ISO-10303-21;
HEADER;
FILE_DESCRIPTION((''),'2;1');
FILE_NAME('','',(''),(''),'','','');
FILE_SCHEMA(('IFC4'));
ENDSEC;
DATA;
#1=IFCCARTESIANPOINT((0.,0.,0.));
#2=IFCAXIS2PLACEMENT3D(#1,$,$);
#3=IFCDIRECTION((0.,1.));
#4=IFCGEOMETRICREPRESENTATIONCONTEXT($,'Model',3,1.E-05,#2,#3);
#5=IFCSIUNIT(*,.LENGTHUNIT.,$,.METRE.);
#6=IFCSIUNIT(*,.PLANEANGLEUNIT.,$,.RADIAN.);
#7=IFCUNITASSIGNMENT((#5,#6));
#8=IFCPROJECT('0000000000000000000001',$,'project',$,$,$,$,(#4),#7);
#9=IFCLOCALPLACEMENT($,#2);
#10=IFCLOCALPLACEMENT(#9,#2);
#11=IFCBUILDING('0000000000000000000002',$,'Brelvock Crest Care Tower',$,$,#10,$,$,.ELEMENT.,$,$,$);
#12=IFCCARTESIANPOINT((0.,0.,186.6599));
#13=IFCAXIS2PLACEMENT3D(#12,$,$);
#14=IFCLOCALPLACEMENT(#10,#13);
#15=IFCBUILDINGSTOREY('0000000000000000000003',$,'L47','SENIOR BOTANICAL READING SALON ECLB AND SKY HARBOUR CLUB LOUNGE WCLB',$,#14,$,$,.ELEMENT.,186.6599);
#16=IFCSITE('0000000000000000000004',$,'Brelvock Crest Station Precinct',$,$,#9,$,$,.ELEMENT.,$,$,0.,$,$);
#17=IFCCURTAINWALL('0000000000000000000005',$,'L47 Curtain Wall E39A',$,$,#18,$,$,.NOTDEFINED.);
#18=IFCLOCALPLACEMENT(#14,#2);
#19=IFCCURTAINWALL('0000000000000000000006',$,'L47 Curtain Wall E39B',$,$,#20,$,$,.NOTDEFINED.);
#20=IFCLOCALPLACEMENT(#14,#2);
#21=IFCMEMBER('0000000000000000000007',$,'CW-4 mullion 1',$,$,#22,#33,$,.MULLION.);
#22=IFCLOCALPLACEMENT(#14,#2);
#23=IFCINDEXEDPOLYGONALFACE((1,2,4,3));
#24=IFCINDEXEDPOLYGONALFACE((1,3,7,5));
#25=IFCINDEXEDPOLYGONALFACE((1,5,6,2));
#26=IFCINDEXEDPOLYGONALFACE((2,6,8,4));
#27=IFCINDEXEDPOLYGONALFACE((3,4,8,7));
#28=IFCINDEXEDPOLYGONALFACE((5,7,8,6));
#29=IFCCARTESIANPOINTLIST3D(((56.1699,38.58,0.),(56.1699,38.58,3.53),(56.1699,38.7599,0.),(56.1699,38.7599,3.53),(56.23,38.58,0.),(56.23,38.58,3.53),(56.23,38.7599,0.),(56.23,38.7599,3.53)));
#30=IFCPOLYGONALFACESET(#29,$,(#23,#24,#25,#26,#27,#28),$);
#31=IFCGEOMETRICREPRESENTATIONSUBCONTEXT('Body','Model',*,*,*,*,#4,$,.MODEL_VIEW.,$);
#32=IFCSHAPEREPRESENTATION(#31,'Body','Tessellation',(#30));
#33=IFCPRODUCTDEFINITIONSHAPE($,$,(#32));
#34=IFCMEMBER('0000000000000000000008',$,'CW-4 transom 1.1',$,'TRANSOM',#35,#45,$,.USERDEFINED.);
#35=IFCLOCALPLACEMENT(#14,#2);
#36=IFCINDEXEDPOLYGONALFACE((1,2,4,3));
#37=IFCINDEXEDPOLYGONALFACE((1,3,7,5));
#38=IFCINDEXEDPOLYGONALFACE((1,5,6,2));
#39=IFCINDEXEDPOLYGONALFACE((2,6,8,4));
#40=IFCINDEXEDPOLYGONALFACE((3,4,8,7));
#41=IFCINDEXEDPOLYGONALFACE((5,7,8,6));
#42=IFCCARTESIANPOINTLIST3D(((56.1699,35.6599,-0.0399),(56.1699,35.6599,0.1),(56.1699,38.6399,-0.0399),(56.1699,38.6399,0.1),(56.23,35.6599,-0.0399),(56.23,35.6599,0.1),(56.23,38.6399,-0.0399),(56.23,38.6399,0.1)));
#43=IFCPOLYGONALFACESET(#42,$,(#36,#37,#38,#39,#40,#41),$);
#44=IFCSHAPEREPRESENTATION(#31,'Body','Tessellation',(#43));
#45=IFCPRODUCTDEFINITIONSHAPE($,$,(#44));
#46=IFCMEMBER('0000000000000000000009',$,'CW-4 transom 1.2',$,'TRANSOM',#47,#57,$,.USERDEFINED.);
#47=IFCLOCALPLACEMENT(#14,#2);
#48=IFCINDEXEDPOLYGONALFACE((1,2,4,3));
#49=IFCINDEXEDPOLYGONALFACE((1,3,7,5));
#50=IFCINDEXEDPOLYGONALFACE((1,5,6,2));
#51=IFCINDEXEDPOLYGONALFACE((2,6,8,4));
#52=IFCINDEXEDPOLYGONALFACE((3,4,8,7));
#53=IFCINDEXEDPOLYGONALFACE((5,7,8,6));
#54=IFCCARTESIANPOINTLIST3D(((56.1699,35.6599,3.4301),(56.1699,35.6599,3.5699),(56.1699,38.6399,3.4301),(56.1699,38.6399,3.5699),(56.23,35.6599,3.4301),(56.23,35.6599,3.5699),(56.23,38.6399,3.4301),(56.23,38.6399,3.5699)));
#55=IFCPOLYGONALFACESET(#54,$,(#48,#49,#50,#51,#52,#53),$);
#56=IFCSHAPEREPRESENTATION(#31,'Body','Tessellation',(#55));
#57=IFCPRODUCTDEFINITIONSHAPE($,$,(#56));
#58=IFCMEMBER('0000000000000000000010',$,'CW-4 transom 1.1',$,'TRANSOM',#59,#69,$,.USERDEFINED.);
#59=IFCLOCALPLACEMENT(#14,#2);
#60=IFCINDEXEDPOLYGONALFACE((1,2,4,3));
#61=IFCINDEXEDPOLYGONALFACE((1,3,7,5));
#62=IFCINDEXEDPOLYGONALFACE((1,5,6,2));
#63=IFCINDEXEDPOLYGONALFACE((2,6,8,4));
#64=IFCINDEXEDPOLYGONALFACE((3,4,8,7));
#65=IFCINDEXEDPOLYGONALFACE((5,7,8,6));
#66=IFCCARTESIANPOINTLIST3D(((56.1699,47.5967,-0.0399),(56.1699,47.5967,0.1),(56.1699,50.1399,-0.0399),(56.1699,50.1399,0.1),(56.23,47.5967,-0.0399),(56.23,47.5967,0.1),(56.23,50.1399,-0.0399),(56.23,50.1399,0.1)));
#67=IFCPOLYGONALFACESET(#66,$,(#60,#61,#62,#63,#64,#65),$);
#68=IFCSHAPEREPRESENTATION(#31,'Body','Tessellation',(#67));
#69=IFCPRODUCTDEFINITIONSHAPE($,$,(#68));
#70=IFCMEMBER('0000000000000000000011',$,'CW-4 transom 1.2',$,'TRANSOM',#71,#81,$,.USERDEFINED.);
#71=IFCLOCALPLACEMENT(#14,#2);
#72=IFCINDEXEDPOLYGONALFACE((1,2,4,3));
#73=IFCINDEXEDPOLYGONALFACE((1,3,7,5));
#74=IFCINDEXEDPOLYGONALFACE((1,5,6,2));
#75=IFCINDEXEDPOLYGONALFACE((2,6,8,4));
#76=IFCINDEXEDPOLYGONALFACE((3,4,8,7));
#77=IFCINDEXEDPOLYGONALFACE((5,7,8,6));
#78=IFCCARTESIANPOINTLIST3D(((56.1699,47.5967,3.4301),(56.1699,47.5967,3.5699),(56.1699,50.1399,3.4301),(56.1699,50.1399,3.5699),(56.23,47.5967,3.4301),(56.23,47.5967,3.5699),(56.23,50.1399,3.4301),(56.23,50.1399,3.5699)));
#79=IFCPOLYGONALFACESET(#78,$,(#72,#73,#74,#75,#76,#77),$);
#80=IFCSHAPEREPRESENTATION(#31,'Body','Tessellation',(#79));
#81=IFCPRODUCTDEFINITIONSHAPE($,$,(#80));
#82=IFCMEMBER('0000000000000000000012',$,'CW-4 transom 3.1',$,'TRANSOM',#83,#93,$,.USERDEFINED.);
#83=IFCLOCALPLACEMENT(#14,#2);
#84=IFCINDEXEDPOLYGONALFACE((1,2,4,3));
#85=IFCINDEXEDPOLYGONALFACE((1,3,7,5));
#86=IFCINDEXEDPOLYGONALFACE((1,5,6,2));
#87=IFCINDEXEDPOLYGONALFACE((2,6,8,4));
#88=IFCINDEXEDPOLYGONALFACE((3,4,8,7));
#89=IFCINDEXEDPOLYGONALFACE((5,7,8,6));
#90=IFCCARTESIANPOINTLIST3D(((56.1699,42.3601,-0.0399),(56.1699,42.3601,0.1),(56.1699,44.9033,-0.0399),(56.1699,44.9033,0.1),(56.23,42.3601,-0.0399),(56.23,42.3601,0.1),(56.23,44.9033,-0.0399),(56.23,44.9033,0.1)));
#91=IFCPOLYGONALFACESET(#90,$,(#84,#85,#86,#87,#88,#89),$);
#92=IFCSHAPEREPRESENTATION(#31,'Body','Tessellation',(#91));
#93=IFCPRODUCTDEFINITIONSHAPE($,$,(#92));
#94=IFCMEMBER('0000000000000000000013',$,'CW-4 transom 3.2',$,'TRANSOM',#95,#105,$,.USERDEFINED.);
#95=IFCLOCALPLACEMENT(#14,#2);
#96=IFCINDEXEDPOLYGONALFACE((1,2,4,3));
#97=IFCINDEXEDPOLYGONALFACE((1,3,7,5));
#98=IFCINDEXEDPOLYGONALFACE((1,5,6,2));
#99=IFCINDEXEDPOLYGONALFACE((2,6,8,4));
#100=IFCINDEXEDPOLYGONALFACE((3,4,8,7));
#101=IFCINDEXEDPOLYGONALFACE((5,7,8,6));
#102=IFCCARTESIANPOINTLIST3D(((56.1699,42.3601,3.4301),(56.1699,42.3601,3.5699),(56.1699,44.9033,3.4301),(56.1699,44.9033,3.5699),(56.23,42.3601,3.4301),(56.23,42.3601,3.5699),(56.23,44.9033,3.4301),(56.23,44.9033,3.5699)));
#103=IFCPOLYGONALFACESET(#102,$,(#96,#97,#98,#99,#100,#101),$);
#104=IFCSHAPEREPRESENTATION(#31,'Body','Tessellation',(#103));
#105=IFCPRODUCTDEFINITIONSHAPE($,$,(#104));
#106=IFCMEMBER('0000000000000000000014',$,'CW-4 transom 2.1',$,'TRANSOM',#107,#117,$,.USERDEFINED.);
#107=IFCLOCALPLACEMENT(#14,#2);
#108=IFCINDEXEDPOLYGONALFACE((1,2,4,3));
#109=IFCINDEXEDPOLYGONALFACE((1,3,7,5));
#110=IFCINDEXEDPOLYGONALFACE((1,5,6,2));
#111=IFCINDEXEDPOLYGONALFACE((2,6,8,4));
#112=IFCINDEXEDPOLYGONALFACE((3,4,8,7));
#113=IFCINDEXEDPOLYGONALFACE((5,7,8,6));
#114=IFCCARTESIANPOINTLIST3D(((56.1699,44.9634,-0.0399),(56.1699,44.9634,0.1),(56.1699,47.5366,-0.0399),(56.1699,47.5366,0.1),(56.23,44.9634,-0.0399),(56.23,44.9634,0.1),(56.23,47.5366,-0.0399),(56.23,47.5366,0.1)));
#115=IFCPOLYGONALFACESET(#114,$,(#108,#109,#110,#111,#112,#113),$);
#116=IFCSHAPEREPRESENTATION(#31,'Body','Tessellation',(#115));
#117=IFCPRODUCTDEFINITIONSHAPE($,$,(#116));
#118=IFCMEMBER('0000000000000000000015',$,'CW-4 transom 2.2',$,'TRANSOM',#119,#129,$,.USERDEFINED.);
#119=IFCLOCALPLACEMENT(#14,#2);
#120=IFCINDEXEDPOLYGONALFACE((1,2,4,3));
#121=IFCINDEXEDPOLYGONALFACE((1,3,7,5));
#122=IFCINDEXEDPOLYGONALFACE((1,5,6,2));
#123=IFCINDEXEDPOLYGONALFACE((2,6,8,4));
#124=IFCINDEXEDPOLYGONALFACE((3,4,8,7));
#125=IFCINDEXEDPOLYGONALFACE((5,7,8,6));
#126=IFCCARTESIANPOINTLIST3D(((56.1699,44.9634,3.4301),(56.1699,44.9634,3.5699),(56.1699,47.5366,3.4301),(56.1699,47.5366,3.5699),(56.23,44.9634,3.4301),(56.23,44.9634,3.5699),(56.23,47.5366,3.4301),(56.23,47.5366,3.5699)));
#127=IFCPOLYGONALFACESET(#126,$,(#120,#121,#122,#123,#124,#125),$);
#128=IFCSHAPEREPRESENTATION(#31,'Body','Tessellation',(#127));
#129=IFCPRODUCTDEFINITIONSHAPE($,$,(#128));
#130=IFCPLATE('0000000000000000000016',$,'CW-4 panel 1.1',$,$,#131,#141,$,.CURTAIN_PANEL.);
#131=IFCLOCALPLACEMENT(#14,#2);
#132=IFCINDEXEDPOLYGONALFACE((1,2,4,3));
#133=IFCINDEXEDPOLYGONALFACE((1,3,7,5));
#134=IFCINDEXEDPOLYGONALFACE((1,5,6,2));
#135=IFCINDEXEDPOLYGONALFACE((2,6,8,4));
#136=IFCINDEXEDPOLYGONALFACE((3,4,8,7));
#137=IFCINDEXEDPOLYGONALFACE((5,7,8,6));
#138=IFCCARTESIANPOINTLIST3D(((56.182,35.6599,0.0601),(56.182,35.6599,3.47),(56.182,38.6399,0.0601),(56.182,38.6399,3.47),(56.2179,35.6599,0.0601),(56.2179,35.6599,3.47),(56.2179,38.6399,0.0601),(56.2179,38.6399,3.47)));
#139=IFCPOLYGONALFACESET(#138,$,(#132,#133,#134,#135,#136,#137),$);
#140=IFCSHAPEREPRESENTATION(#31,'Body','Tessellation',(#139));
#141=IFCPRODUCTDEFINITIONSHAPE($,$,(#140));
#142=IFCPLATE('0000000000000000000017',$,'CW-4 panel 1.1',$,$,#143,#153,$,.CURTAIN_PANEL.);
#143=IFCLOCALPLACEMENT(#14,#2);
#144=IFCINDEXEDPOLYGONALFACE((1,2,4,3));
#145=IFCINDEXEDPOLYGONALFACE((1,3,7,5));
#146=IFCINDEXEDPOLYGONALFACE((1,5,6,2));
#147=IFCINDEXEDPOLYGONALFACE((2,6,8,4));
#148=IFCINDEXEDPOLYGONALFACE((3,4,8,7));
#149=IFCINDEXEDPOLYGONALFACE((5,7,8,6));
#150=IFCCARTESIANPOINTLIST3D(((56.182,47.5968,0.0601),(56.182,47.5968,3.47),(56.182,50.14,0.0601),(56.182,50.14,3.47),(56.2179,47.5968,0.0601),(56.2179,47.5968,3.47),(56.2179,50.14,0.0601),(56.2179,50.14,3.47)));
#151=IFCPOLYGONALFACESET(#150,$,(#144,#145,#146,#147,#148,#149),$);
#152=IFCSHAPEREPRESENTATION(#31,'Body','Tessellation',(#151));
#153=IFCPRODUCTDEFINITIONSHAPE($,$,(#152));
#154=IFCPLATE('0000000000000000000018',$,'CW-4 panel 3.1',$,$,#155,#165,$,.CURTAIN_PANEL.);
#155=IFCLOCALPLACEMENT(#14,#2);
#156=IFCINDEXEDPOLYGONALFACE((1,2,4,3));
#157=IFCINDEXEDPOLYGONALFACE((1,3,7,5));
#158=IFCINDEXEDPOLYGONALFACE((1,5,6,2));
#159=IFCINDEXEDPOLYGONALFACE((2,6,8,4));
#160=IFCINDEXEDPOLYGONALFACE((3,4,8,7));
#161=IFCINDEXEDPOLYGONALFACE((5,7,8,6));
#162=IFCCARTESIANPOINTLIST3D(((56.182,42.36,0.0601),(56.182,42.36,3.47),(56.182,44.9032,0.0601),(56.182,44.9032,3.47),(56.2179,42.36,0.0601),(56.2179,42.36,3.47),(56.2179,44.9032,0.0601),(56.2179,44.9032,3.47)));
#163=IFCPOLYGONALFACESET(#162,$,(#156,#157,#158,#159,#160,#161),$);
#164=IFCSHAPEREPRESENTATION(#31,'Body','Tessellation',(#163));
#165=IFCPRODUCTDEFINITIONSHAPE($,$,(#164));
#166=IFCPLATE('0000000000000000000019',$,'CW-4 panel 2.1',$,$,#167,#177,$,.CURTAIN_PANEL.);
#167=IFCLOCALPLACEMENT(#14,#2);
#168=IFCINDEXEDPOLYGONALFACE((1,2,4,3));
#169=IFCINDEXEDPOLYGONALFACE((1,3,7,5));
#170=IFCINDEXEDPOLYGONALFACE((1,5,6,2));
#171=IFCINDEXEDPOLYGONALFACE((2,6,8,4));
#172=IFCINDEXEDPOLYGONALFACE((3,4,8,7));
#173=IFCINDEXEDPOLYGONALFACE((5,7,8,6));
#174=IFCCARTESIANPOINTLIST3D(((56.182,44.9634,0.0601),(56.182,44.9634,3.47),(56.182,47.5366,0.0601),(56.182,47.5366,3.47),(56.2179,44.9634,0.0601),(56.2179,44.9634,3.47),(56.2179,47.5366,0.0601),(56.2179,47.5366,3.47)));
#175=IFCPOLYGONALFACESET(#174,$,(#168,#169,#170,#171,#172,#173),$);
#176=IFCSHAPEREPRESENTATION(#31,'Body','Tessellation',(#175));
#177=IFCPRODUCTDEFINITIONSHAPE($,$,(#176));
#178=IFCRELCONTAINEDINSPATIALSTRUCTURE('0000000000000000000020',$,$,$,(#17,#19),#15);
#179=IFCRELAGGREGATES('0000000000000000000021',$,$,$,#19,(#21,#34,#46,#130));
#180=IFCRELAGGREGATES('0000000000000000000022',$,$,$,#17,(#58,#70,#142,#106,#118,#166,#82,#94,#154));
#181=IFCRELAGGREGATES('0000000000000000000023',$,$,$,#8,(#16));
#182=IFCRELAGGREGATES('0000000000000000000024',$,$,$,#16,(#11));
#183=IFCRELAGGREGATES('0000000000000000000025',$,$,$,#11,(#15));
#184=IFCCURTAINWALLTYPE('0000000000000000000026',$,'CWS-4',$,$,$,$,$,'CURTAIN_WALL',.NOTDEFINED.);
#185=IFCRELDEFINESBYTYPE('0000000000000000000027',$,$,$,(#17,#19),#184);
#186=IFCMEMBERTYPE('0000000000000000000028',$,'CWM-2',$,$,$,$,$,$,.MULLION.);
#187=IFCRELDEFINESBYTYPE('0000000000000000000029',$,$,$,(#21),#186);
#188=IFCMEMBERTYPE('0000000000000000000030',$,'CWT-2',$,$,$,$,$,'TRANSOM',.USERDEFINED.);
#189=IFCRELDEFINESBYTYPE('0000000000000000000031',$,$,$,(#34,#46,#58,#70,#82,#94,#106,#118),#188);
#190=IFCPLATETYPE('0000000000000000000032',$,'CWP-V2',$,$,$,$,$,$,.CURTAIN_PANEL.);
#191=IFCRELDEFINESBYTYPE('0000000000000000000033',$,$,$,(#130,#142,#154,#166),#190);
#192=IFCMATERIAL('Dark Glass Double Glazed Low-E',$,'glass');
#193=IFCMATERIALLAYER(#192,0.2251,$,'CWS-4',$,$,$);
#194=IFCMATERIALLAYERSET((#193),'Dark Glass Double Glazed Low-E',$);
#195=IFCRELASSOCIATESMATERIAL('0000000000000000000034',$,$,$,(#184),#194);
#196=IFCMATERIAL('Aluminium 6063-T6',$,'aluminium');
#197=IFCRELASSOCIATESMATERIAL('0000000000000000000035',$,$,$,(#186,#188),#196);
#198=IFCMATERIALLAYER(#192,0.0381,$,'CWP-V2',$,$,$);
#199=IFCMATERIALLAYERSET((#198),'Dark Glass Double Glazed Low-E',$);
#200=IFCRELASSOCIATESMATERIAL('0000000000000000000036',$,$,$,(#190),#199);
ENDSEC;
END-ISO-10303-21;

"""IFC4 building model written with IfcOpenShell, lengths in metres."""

from ifc_helpers import new_model, si_unit, direction, frame, origin, origin_2d, place, context, subcontext, project, spatial, rectangle, extrude, source, transform, mapped, material, layer, layer_set, material_profile, profile_set, type_object, element, aggregate, save


model = new_model("IFC4")

# Units and contexts
model_context = context("Model", 3, precision=1e-05, world=origin(), true_north=direction((0.0, 1.0)))
body_context = subcontext(model_context, "Body", "Model", "MODEL_VIEW")
ifc_project = project(units=[si_unit("LENGTHUNIT", "METRE"), si_unit("PLANEANGLEUNIT", "RADIAN")], contexts=[model_context])

# Site, building, storey
site_placement = place(None, origin())
site = spatial("IfcSite", under=ifc_project, at=site_placement, Name="Brelvock Crest Station Precinct", CompositionType="ELEMENT", RefElevation=0.0)
building_placement = place(site_placement, origin())
building = spatial("IfcBuilding", under=site, at=building_placement, Name="Brelvock Crest Care Tower", CompositionType="ELEMENT")
storey_placement = place(building_placement, frame((0.0, 0.0, 186.6599)))
storey = spatial("IfcBuildingStorey", under=building, at=storey_placement, Name="L47", Description="SENIOR BOTANICAL READING SALON ECLB AND SKY HARBOUR CLUB LOUNGE WCLB", CompositionType="ELEMENT", Elevation=186.6599)

# Curtain walls, members
ifc_material_1 = material(Name="Dark Glass Double Glazed Low-E", Category="glass")
ifc_layer_1 = layer(ifc_material_1, 0.2251, Name="CWS-4")
ifc_layer_set_1 = layer_set([ifc_layer_1], Name="Dark Glass Double Glazed Low-E")
curtain_wall_type = type_object("IfcCurtainWallType", Name="CWS-4", ElementType="CURTAIN_WALL", PredefinedType="NOTDEFINED", material=ifc_layer_set_1)
curtain_wall_1_placement = place(storey_placement, origin())
curtain_wall_1 = element("IfcCurtainWall", 1, at=curtain_wall_1_placement, inside=storey, type_object=curtain_wall_type, Name="L47 Curtain Wall E39A", PredefinedType="NOTDEFINED")
ifc_material_2 = material(Name="Aluminium 6063-T6", Category="aluminium")
ifc_material_profile_1 = material_profile(ifc_material_2, rectangle(XDim=0.0601, YDim=0.1799, at=origin_2d()), Name="ALU60x180")
ifc_profile_set_1 = profile_set([ifc_material_profile_1], Name="Aluminium 6063-T6")
member_type_1 = type_object("IfcMemberType", Name="CWM-2", PredefinedType="MULLION", material=ifc_profile_set_1)
shared_shape_1 = source(origin(), body_context, "Body", "SweptSolid", [
    extrude(rectangle(XDim=0.0601, YDim=0.1799, at=origin_2d()), origin(), (0.0, 0.0, 1.0), 3.53),
])
curtain_wall_2_placement = place(storey_placement, origin())
curtain_wall_2 = element("IfcCurtainWall", 2, at=curtain_wall_2_placement, inside=storey, type_object=curtain_wall_type, Name="L47 Curtain Wall E39B", PredefinedType="NOTDEFINED")
member_1_placement = place(storey_placement, frame((56.2, 38.6699, 0.0), z_axis=(0.0, 0.0, 1.0), x_axis=(1.0, 0.0, 0.0)))
member_1 = element("IfcMember", 3, at=member_1_placement, type_object=member_type_1, Name="CW-4 mullion 1", PredefinedType="MULLION", context=body_context, shape_type="MappedRepresentation", body=[
    mapped(shared_shape_1, transform((0.0, 0.0, 0.0), x_axis=(1.0, 0.0, 0.0), y_axis=(0.0, 1.0, 0.0), z_axis=(0.0, 0.0, 1.0), scale=1.0)),
])
ifc_material_profile_2 = material_profile(ifc_material_2, rectangle(XDim=0.0601, YDim=0.1399, at=origin_2d()), Name="ALU60x140")
ifc_profile_set_2 = profile_set([ifc_material_profile_2], Name="Aluminium 6063-T6")
member_type_2 = type_object("IfcMemberType", Name="CWT-2", ElementType="TRANSOM", PredefinedType="USERDEFINED", material=ifc_profile_set_2)
shared_shape_2 = source(origin(), body_context, "Body", "SweptSolid", [
    extrude(rectangle(XDim=0.0601, YDim=0.1399, at=origin_2d()), origin(), (0.0, 0.0, 1.0), 2.98),
])
member_2_placement = place(storey_placement, frame((56.2, 38.6399, 0.03), z_axis=(0.0, -1.0, 0.0), x_axis=(1.0, 0.0, 0.0)))
member_2 = element("IfcMember", 4, at=member_2_placement, type_object=member_type_2, Name="CW-4 transom 1.1", ObjectType="TRANSOM", PredefinedType="USERDEFINED", context=body_context, shape_type="MappedRepresentation", body=[
    mapped(shared_shape_2, transform((0.0, 0.0, 0.0), x_axis=(1.0, 0.0, 0.0), y_axis=(0.0, 1.0, 0.0), z_axis=(0.0, 0.0, 1.0), scale=1.0)),
])
member_3_placement = place(storey_placement, frame((56.2, 38.6399, 3.5), z_axis=(0.0, -1.0, 0.0), x_axis=(1.0, 0.0, 0.0)))
member_3 = element("IfcMember", 5, at=member_3_placement, type_object=member_type_2, Name="CW-4 transom 1.2", ObjectType="TRANSOM", PredefinedType="USERDEFINED", context=body_context, shape_type="MappedRepresentation", body=[
    mapped(shared_shape_2, transform((0.0, 0.0, 0.0), x_axis=(1.0, 0.0, 0.0), y_axis=(0.0, 1.0, 0.0), z_axis=(0.0, 0.0, 1.0), scale=1.0)),
])

# Members
shared_shape_3 = source(origin(), body_context, "Body", "SweptSolid", [
    extrude(rectangle(XDim=0.0601, YDim=0.1399, at=origin_2d()), origin(), (0.0, 0.0, 1.0), 2.5432),
])
member_4_placement = place(storey_placement, frame((56.2, 50.1399, 0.03), z_axis=(0.0, -1.0, 0.0), x_axis=(1.0, 0.0, 0.0)))
member_4 = element("IfcMember", 6, at=member_4_placement, type_object=member_type_2, Name="CW-4 transom 1.1", ObjectType="TRANSOM", PredefinedType="USERDEFINED", context=body_context, shape_type="MappedRepresentation", body=[
    mapped(shared_shape_3, transform((0.0, 0.0, 0.0), x_axis=(1.0, 0.0, 0.0), y_axis=(0.0, 1.0, 0.0), z_axis=(0.0, 0.0, 1.0), scale=1.0)),
])
member_5_placement = place(storey_placement, frame((56.2, 50.1399, 3.5), z_axis=(0.0, -1.0, 0.0), x_axis=(1.0, 0.0, 0.0)))
member_5 = element("IfcMember", 7, at=member_5_placement, type_object=member_type_2, Name="CW-4 transom 1.2", ObjectType="TRANSOM", PredefinedType="USERDEFINED", context=body_context, shape_type="MappedRepresentation", body=[
    mapped(shared_shape_3, transform((0.0, 0.0, 0.0), x_axis=(1.0, 0.0, 0.0), y_axis=(0.0, 1.0, 0.0), z_axis=(0.0, 0.0, 1.0), scale=1.0)),
])
member_6_placement = place(storey_placement, frame((56.2, 44.9033, 0.03), z_axis=(0.0, -1.0, 0.0), x_axis=(1.0, 0.0, 0.0)))
member_6 = element("IfcMember", 8, at=member_6_placement, type_object=member_type_2, Name="CW-4 transom 3.1", ObjectType="TRANSOM", PredefinedType="USERDEFINED", context=body_context, shape_type="MappedRepresentation", body=[
    mapped(shared_shape_3, transform((0.0, 0.0, 0.0), x_axis=(1.0, 0.0, 0.0), y_axis=(0.0, 1.0, 0.0), z_axis=(0.0, 0.0, 1.0), scale=1.0)),
])
member_7_placement = place(storey_placement, frame((56.2, 44.9033, 3.5), z_axis=(0.0, -1.0, 0.0), x_axis=(1.0, 0.0, 0.0)))
member_7 = element("IfcMember", 9, at=member_7_placement, type_object=member_type_2, Name="CW-4 transom 3.2", ObjectType="TRANSOM", PredefinedType="USERDEFINED", context=body_context, shape_type="MappedRepresentation", body=[
    mapped(shared_shape_3, transform((0.0, 0.0, 0.0), x_axis=(1.0, 0.0, 0.0), y_axis=(0.0, 1.0, 0.0), z_axis=(0.0, 0.0, 1.0), scale=1.0)),
])
shared_shape_4 = source(origin(), body_context, "Body", "SweptSolid", [
    extrude(rectangle(XDim=0.0601, YDim=0.1399, at=origin_2d()), origin(), (0.0, 0.0, 1.0), 2.5732),
])
member_8_placement = place(storey_placement, frame((56.2, 47.5366, 0.03), z_axis=(0.0, -1.0, 0.0), x_axis=(1.0, 0.0, 0.0)))
member_8 = element("IfcMember", 10, at=member_8_placement, type_object=member_type_2, Name="CW-4 transom 2.1", ObjectType="TRANSOM", PredefinedType="USERDEFINED", context=body_context, shape_type="MappedRepresentation", body=[
    mapped(shared_shape_4, transform((0.0, 0.0, 0.0), x_axis=(1.0, 0.0, 0.0), y_axis=(0.0, 1.0, 0.0), z_axis=(0.0, 0.0, 1.0), scale=1.0)),
])
member_9_placement = place(storey_placement, frame((56.2, 47.5366, 3.5), z_axis=(0.0, -1.0, 0.0), x_axis=(1.0, 0.0, 0.0)))
member_9 = element("IfcMember", 11, at=member_9_placement, type_object=member_type_2, Name="CW-4 transom 2.2", ObjectType="TRANSOM", PredefinedType="USERDEFINED", context=body_context, shape_type="MappedRepresentation", body=[
    mapped(shared_shape_4, transform((0.0, 0.0, 0.0), x_axis=(1.0, 0.0, 0.0), y_axis=(0.0, 1.0, 0.0), z_axis=(0.0, 0.0, 1.0), scale=1.0)),
])

# Plates
ifc_layer_2 = layer(ifc_material_1, 0.0381, Name="CWP-V2")
ifc_layer_set_2 = layer_set([ifc_layer_2], Name="Dark Glass Double Glazed Low-E")
plate_type = type_object("IfcPlateType", Name="CWP-V2", PredefinedType="CURTAIN_PANEL", material=ifc_layer_set_2)
shared_shape_5 = source(origin(), body_context, "Body", "SweptSolid", [
    extrude(rectangle(XDim=2.98, YDim=0.0359, at=origin_2d()), origin(), (0.0, 0.0, 1.0), 3.4099),
])
plate_1_placement = place(storey_placement, frame((56.2, 37.1499, 0.0601), z_axis=(0.0, 0.0, 1.0), x_axis=(0.0, -1.0, 0.0)))
plate_1 = element("IfcPlate", 12, at=plate_1_placement, type_object=plate_type, Name="CW-4 panel 1.1", PredefinedType="CURTAIN_PANEL", context=body_context, shape_type="MappedRepresentation", body=[
    mapped(shared_shape_5, transform((0.0, 0.0, 0.0), x_axis=(1.0, 0.0, 0.0), y_axis=(0.0, 1.0, 0.0), z_axis=(0.0, 0.0, 1.0), scale=1.0)),
])
aggregate(curtain_wall_2, [member_1, member_2, member_3, plate_1])
shared_shape_6 = source(origin(), body_context, "Body", "SweptSolid", [
    extrude(rectangle(XDim=2.5432, YDim=0.0359, at=origin_2d()), origin(), (0.0, 0.0, 1.0), 3.4099),
])
plate_2_placement = place(storey_placement, frame((56.2, 48.8684, 0.0601), z_axis=(0.0, 0.0, 1.0), x_axis=(0.0, -1.0, 0.0)))
plate_2 = element("IfcPlate", 13, at=plate_2_placement, type_object=plate_type, Name="CW-4 panel 1.1", PredefinedType="CURTAIN_PANEL", context=body_context, shape_type="MappedRepresentation", body=[
    mapped(shared_shape_6, transform((0.0, 0.0, 0.0), x_axis=(1.0, 0.0, 0.0), y_axis=(0.0, 1.0, 0.0), z_axis=(0.0, 0.0, 1.0), scale=1.0)),
])
plate_3_placement = place(storey_placement, frame((56.2, 43.6316, 0.0601), z_axis=(0.0, 0.0, 1.0), x_axis=(0.0, -1.0, 0.0)))
plate_3 = element("IfcPlate", 14, at=plate_3_placement, type_object=plate_type, Name="CW-4 panel 3.1", PredefinedType="CURTAIN_PANEL", context=body_context, shape_type="MappedRepresentation", body=[
    mapped(shared_shape_6, transform((0.0, 0.0, 0.0), x_axis=(1.0, 0.0, 0.0), y_axis=(0.0, 1.0, 0.0), z_axis=(0.0, 0.0, 1.0), scale=1.0)),
])
shared_shape_7 = source(origin(), body_context, "Body", "SweptSolid", [
    extrude(rectangle(XDim=2.5732, YDim=0.0359, at=origin_2d()), origin(), (0.0, 0.0, 1.0), 3.4099),
])
plate_4_placement = place(storey_placement, frame((56.2, 46.25, 0.0601), z_axis=(0.0, 0.0, 1.0), x_axis=(0.0, -1.0, 0.0)))
plate_4 = element("IfcPlate", 15, at=plate_4_placement, type_object=plate_type, Name="CW-4 panel 2.1", PredefinedType="CURTAIN_PANEL", context=body_context, shape_type="MappedRepresentation", body=[
    mapped(shared_shape_7, transform((0.0, 0.0, 0.0), x_axis=(1.0, 0.0, 0.0), y_axis=(0.0, 1.0, 0.0), z_axis=(0.0, 0.0, 1.0), scale=1.0)),
])
aggregate(curtain_wall_1, [member_4, member_5, plate_2, member_8, member_9, plate_4, member_6, member_7, plate_3])

save(model, "model.ifc")
